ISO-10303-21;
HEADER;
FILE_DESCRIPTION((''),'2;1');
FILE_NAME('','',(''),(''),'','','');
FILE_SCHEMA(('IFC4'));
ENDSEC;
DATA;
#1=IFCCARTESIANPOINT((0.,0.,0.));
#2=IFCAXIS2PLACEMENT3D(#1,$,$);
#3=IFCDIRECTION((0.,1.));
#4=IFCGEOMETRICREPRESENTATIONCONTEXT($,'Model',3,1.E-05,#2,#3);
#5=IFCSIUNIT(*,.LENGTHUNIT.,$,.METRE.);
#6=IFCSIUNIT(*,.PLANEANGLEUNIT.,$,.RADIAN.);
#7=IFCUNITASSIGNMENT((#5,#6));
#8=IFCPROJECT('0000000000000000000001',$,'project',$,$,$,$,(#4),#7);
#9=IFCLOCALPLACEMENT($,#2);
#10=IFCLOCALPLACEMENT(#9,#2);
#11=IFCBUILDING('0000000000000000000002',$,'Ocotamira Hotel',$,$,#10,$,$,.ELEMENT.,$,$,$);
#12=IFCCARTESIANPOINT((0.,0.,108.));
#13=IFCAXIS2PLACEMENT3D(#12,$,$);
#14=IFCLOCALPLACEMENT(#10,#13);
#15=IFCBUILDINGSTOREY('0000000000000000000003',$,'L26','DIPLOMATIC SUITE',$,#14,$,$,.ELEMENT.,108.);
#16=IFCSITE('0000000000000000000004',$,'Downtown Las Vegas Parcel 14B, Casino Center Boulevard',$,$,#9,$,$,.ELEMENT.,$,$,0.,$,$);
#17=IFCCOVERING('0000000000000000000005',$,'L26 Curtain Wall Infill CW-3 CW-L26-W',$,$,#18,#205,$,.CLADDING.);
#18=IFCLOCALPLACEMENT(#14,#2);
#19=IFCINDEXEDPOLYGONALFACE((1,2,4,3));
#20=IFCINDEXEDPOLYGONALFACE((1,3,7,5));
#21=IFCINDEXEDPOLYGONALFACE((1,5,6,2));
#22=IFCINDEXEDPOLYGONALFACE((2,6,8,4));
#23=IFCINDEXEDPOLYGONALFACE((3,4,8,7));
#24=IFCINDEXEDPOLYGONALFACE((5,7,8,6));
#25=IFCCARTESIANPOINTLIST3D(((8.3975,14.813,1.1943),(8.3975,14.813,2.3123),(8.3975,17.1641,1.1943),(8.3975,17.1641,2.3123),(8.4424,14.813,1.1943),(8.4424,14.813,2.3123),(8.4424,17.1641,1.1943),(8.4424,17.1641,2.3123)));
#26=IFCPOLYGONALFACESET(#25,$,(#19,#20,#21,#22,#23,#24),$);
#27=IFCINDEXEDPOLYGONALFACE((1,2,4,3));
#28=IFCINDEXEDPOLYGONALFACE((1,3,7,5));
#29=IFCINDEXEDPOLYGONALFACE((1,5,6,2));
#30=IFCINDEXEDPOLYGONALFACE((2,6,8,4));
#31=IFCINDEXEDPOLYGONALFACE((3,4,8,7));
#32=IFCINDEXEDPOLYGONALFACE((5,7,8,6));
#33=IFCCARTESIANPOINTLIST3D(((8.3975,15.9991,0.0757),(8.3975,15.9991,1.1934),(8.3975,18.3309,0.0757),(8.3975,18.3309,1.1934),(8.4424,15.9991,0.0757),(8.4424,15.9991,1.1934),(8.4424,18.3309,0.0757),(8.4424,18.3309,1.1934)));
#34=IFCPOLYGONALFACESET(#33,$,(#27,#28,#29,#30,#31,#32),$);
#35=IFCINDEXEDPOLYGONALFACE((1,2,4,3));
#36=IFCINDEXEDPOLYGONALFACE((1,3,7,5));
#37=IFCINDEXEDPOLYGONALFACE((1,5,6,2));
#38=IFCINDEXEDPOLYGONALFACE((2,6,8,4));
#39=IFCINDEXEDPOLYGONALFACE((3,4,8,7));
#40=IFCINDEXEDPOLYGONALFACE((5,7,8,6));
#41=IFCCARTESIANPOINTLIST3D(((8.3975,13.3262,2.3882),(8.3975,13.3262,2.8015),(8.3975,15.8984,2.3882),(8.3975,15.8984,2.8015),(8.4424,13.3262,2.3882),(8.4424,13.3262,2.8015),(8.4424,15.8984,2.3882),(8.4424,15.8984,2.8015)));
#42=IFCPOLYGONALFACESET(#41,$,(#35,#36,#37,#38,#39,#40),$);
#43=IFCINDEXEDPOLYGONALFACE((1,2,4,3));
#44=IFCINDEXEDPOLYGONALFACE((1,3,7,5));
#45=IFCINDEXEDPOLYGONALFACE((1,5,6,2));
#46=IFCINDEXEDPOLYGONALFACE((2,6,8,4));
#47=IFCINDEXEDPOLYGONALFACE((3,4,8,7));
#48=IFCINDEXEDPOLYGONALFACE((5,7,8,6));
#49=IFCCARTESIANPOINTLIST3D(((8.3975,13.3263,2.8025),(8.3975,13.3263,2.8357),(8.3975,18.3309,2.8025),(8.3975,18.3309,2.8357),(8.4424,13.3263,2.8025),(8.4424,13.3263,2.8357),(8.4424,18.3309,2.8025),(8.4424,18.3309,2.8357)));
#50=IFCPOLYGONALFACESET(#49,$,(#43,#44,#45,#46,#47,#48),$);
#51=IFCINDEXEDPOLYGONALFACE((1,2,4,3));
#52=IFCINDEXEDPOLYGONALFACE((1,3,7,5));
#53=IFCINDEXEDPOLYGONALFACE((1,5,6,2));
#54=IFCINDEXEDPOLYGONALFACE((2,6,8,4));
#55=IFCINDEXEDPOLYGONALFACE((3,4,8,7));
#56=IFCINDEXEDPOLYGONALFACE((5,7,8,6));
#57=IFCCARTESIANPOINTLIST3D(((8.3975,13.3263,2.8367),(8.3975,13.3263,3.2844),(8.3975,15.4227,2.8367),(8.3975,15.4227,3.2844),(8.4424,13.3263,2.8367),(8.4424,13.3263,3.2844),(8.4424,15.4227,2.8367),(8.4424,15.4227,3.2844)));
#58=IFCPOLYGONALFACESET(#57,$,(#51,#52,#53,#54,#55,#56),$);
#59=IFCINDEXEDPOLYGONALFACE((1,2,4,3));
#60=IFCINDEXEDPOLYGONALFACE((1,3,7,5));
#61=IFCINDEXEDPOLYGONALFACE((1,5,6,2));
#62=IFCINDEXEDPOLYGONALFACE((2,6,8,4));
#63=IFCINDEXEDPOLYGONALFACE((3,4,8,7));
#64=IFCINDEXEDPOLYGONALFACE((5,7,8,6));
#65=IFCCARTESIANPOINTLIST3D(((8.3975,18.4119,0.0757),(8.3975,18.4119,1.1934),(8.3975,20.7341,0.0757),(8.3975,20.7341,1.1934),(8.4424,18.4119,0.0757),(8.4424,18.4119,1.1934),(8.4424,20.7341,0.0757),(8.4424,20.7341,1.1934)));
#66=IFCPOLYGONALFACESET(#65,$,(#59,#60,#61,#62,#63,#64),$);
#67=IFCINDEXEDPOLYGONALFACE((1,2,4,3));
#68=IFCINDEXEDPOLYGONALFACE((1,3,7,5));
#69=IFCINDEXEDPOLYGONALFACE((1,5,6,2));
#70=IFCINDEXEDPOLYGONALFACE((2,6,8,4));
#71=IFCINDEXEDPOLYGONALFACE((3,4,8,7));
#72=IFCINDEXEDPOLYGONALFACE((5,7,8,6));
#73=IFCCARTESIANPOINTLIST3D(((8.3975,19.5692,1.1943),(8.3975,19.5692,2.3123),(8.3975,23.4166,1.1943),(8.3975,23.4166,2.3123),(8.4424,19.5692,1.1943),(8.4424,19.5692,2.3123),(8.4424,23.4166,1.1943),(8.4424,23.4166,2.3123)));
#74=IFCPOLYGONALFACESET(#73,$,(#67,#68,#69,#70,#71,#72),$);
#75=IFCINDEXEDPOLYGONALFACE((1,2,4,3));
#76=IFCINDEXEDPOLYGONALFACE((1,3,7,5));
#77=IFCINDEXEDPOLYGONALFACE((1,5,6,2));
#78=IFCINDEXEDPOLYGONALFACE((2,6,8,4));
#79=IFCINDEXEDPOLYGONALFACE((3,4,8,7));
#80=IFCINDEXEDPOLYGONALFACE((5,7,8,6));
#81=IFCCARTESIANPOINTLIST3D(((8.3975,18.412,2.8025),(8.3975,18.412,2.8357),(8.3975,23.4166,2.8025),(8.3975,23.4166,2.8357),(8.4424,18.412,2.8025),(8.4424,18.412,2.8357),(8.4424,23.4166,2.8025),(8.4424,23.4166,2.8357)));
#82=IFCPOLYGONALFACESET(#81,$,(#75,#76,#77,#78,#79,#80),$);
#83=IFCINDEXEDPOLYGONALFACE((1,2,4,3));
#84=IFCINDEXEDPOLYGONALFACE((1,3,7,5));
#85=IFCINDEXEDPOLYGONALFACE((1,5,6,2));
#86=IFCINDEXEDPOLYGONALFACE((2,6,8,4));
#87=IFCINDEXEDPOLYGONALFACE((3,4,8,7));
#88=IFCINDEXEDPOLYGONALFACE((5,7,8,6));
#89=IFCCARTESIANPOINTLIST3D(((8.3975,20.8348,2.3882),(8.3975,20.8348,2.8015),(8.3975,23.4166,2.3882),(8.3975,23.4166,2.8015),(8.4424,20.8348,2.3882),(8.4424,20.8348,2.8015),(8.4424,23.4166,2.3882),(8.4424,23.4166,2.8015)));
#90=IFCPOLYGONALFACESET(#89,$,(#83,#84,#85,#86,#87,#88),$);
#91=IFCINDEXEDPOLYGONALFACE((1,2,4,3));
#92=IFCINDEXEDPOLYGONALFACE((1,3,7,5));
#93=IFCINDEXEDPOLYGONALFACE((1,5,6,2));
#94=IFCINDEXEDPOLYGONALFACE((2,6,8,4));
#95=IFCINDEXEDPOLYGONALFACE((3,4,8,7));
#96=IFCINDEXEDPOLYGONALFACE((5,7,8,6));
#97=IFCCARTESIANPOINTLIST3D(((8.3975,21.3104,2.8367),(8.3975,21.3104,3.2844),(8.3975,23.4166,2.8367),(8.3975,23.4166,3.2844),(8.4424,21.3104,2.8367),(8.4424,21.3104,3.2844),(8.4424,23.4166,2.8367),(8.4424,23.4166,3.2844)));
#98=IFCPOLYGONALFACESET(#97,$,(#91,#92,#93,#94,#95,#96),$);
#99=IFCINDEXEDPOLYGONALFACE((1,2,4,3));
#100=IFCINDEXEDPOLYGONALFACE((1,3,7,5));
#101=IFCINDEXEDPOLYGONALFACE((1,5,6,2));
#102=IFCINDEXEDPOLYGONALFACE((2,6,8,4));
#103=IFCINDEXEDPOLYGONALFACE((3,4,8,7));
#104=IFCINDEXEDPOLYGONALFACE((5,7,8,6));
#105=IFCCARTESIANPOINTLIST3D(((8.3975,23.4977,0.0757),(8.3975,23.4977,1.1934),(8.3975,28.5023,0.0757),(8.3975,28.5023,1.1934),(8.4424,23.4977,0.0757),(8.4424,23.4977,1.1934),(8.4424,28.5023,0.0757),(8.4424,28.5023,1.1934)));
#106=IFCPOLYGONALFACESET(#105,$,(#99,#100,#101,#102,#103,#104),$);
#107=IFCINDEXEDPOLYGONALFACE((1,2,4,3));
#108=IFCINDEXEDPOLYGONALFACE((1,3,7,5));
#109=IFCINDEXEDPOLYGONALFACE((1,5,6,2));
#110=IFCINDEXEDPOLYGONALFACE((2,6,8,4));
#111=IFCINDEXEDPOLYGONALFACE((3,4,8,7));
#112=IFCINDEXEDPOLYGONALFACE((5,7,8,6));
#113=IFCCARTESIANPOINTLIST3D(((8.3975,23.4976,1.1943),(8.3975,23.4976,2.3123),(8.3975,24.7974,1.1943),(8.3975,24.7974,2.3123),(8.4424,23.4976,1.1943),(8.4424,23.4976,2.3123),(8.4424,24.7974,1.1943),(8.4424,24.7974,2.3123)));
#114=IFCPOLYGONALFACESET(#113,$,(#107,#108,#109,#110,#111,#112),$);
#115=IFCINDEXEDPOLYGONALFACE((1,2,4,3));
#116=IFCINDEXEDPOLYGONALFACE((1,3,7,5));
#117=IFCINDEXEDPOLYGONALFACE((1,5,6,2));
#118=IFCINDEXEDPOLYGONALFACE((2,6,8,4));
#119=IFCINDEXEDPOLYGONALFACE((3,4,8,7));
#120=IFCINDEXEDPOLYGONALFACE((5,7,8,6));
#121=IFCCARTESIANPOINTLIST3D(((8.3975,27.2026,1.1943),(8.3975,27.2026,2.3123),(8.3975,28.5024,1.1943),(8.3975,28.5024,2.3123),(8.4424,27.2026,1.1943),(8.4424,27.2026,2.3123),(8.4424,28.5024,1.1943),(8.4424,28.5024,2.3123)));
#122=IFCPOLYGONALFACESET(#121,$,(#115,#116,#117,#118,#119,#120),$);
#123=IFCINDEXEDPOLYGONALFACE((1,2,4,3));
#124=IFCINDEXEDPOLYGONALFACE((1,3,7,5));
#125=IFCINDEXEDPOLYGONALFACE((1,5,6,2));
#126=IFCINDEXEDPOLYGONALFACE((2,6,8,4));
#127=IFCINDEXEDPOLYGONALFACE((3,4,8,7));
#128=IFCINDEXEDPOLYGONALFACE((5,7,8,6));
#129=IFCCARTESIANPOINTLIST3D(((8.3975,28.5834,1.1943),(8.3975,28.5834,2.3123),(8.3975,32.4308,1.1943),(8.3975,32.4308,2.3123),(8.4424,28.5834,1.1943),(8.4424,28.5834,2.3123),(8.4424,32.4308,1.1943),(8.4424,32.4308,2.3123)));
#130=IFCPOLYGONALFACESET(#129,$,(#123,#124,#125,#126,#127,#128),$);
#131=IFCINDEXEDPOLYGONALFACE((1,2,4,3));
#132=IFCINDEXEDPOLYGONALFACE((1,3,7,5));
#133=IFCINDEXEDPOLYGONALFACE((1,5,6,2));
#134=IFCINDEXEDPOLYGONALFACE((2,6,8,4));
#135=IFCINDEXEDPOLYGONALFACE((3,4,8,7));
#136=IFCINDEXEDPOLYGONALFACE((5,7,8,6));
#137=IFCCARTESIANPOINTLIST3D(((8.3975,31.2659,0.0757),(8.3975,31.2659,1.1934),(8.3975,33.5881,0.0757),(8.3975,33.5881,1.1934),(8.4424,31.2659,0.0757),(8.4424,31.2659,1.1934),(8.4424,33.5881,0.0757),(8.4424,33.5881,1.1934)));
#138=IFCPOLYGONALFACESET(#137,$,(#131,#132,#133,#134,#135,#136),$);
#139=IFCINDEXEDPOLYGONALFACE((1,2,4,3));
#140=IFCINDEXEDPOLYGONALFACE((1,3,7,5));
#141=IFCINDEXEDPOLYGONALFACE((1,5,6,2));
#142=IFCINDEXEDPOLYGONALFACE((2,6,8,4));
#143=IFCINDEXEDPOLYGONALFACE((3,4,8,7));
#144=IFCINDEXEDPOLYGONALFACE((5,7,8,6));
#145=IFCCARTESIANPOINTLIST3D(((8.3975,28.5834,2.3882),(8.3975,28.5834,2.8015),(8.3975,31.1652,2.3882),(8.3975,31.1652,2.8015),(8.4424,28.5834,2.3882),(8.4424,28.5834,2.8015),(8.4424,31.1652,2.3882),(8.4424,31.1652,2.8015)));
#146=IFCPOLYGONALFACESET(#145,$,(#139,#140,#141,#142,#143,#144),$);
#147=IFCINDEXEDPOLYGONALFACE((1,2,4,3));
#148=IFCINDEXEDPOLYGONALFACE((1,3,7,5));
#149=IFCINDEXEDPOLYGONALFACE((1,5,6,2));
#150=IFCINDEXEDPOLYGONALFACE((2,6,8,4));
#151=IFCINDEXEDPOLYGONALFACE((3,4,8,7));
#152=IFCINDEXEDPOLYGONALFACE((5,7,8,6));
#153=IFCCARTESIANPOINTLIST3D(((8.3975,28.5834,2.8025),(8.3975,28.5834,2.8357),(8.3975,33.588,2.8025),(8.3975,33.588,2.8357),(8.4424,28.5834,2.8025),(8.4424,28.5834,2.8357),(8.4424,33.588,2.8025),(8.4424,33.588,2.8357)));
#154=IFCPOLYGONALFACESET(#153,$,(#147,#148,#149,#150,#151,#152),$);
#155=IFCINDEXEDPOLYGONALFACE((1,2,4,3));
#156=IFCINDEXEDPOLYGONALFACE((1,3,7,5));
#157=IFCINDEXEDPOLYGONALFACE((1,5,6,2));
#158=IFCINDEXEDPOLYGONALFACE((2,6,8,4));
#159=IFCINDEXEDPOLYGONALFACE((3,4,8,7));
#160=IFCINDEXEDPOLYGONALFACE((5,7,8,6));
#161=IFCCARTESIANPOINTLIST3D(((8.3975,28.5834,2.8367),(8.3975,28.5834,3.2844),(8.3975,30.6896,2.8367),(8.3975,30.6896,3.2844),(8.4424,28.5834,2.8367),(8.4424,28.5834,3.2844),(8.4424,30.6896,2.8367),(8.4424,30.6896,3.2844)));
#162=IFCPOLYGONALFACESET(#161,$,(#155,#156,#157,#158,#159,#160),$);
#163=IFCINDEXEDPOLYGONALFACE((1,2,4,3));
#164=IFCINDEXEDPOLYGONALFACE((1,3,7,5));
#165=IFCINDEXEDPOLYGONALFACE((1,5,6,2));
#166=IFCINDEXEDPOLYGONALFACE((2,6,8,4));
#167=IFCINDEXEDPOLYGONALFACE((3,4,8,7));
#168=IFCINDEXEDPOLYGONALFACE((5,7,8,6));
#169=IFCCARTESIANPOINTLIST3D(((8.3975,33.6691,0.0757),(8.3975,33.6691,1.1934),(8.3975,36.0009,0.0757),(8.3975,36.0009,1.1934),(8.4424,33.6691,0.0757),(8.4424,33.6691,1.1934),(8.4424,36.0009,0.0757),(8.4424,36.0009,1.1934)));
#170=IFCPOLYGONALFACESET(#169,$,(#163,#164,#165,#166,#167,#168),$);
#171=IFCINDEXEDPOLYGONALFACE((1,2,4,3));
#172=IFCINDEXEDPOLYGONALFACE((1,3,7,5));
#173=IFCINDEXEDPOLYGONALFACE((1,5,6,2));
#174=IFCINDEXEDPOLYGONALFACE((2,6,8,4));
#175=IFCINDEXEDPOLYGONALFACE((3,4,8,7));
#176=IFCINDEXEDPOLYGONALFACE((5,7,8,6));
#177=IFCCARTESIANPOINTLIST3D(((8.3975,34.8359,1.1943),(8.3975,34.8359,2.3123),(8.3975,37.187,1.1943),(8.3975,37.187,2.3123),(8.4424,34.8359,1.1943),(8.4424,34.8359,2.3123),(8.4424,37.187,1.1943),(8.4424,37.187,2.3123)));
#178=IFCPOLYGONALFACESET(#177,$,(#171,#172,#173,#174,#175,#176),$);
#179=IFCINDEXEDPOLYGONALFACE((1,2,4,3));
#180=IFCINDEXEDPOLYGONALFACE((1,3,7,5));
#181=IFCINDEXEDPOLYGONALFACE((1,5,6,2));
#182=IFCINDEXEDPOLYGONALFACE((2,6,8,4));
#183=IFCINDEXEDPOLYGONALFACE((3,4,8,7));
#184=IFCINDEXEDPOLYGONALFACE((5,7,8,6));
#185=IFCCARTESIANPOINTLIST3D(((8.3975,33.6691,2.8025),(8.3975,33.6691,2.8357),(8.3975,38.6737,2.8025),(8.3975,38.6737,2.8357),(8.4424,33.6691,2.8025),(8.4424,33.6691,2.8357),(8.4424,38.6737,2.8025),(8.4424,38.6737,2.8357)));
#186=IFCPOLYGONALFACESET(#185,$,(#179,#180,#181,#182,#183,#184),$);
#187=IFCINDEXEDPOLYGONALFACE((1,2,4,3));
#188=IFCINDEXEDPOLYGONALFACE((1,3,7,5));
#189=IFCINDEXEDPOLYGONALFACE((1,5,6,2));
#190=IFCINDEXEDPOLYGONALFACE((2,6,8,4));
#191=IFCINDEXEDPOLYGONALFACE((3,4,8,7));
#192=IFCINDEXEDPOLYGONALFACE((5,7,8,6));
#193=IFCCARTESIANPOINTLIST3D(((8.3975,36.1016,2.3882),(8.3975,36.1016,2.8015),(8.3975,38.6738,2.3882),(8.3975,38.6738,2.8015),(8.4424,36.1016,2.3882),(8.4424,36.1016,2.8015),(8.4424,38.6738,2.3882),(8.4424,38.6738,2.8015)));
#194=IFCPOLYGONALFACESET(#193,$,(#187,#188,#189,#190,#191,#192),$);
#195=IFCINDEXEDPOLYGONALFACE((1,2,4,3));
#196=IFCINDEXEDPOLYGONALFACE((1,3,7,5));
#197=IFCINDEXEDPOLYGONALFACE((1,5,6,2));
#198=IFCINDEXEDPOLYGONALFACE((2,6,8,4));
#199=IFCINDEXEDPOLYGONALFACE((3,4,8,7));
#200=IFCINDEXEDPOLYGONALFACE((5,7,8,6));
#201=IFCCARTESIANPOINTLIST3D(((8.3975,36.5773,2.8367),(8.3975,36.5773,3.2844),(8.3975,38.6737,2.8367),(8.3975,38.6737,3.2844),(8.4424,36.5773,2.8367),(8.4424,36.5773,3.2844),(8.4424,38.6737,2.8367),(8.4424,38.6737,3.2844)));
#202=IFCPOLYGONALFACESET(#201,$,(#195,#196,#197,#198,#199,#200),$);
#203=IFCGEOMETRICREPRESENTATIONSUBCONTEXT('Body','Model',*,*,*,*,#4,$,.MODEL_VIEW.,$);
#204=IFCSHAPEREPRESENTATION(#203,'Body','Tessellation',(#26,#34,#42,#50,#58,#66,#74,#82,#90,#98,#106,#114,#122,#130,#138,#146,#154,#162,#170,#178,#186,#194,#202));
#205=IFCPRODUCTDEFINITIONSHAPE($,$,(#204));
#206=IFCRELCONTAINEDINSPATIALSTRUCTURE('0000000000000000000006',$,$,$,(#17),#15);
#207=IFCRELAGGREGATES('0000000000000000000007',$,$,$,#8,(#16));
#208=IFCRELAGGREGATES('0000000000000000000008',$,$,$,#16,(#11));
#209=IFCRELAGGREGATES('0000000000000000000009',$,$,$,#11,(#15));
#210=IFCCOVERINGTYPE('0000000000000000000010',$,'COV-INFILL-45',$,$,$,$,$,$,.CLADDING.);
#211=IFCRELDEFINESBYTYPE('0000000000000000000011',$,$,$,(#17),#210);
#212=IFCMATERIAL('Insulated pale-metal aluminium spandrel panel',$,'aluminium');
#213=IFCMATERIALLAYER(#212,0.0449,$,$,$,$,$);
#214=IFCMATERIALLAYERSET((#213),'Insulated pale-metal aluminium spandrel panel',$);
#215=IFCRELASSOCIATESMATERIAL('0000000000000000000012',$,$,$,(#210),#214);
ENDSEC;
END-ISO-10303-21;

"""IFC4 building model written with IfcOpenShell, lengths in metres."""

from ifc_helpers import new_model, si_unit, direction, frame, origin, origin_2d, place, context, subcontext, project, spatial, rectangle, extrude, material, layer, layer_set, type_object, element, save


model = new_model("IFC4")

# Units and contexts
model_context = context("Model", 3, precision=1e-05, world=origin(), true_north=direction((0.0, 1.0)))
body_context = subcontext(model_context, "Body", "Model", "MODEL_VIEW")
ifc_project = project(units=[si_unit("LENGTHUNIT", "METRE"), si_unit("PLANEANGLEUNIT", "RADIAN")], contexts=[model_context])

# Site, building, storey
site_placement = place(None, origin())
site = spatial("IfcSite", under=ifc_project, at=site_placement, Name="Downtown Las Vegas Parcel 14B, Casino Center Boulevard", CompositionType="ELEMENT", RefElevation=0.0)
building_placement = place(site_placement, origin())
building = spatial("IfcBuilding", under=site, at=building_placement, Name="Ocotamira Hotel", CompositionType="ELEMENT")
storey_placement = place(building_placement, frame((0.0, 0.0, 108.0)))
storey = spatial("IfcBuildingStorey", under=building, at=storey_placement, Name="L26", Description="DIPLOMATIC SUITE", CompositionType="ELEMENT", Elevation=108.0)

# Covering
ifc_material_1 = material(Name="Insulated pale-metal aluminium spandrel panel", Category="aluminium")
ifc_layer_1 = layer(ifc_material_1, 0.0449)
ifc_layer_set_1 = layer_set([ifc_layer_1], Name="Insulated pale-metal aluminium spandrel panel")
covering_type_1 = type_object("IfcCoveringType", Name="COV-INFILL-45", PredefinedType="CLADDING", material=ifc_layer_set_1)
covering_1_placement = place(storey_placement, origin())
element("IfcCovering", 1, at=covering_1_placement, inside=storey, type_object=covering_type_1, Name="L26 Curtain Wall Infill CW-3 CW-L26-W", PredefinedType="CLADDING", context=body_context, shape_type="SweptSolid", body=[
    extrude(rectangle(XDim=2.3511, YDim=0.0449, at=origin_2d()), frame((8.4199, 15.9885, 1.1943), z_axis=(0.0, 0.0, 1.0), x_axis=(0.0, 1.0, 0.0)), (0.0, 0.0, 1.0), 1.1179),
    extrude(rectangle(XDim=2.3318, YDim=0.0449, at=origin_2d()), frame((8.4199, 17.165, 0.0757), z_axis=(0.0, 0.0, 1.0), x_axis=(0.0, 1.0, 0.0)), (0.0, 0.0, 1.0), 1.1177),
    extrude(rectangle(XDim=2.5723, YDim=0.0449, at=origin_2d()), frame((8.4199, 14.6123, 2.3882), z_axis=(0.0, 0.0, 1.0), x_axis=(0.0, 1.0, 0.0)), (0.0, 0.0, 1.0), 0.4133),
    extrude(rectangle(XDim=5.0046, YDim=0.0449, at=origin_2d()), frame((8.4199, 15.8286, 2.8025), z_axis=(0.0, 0.0, 1.0), x_axis=(0.0, 1.0, 0.0)), (0.0, 0.0, 1.0), 0.0332),
    extrude(rectangle(XDim=2.0964, YDim=0.0449, at=origin_2d()), frame((8.4199, 14.3745, 2.8367), z_axis=(0.0, 0.0, 1.0), x_axis=(0.0, 1.0, 0.0)), (0.0, 0.0, 1.0), 0.4478),
    extrude(rectangle(XDim=2.3223, YDim=0.0449, at=origin_2d()), frame((8.4199, 19.573, 0.0757), z_axis=(0.0, 0.0, 1.0), x_axis=(0.0, 1.0, 0.0)), (0.0, 0.0, 1.0), 1.1177),
    extrude(rectangle(XDim=3.8474, YDim=0.0449, at=origin_2d()), frame((8.4199, 21.4929, 1.1943), z_axis=(0.0, 0.0, 1.0), x_axis=(0.0, 1.0, 0.0)), (0.0, 0.0, 1.0), 1.1179),
    extrude(rectangle(XDim=5.0046, YDim=0.0449, at=origin_2d()), frame((8.4199, 20.9143, 2.8025), z_axis=(0.0, 0.0, 1.0), x_axis=(0.0, 1.0, 0.0)), (0.0, 0.0, 1.0), 0.0332),
    extrude(rectangle(XDim=2.5818, YDim=0.0449, at=origin_2d()), frame((8.4199, 22.1257, 2.3882), z_axis=(0.0, 0.0, 1.0), x_axis=(0.0, 1.0, 0.0)), (0.0, 0.0, 1.0), 0.4133),
    extrude(rectangle(XDim=2.1062, YDim=0.0449, at=origin_2d()), frame((8.4199, 22.3635, 2.8367), z_axis=(0.0, 0.0, 1.0), x_axis=(0.0, 1.0, 0.0)), (0.0, 0.0, 1.0), 0.4478),
    extrude(rectangle(XDim=5.0046, YDim=0.0449, at=origin_2d()), frame((8.4199, 26.0, 0.0757), z_axis=(0.0, 0.0, 1.0), x_axis=(0.0, 1.0, 0.0)), (0.0, 0.0, 1.0), 1.1177),
    extrude(rectangle(XDim=1.2998, YDim=0.0449, at=origin_2d()), frame((8.4199, 24.1475, 1.1943), z_axis=(0.0, 0.0, 1.0), x_axis=(0.0, 1.0, 0.0)), (0.0, 0.0, 1.0), 1.1179),
    extrude(rectangle(XDim=1.2998, YDim=0.0449, at=origin_2d()), frame((8.4199, 27.8525, 1.1943), z_axis=(0.0, 0.0, 1.0), x_axis=(0.0, 1.0, 0.0)), (0.0, 0.0, 1.0), 1.1179),
    extrude(rectangle(XDim=3.8474, YDim=0.0449, at=origin_2d()), frame((8.4199, 30.5071, 1.1943), z_axis=(0.0, 0.0, 1.0), x_axis=(0.0, 1.0, 0.0)), (0.0, 0.0, 1.0), 1.1179),
    extrude(rectangle(XDim=2.3223, YDim=0.0449, at=origin_2d()), frame((8.4199, 32.427, 0.0757), z_axis=(0.0, 0.0, 1.0), x_axis=(0.0, 1.0, 0.0)), (0.0, 0.0, 1.0), 1.1177),
    extrude(rectangle(XDim=2.5818, YDim=0.0449, at=origin_2d()), frame((8.4199, 29.8743, 2.3882), z_axis=(0.0, 0.0, 1.0), x_axis=(0.0, 1.0, 0.0)), (0.0, 0.0, 1.0), 0.4133),
    extrude(rectangle(XDim=5.0046, YDim=0.0449, at=origin_2d()), frame((8.4199, 31.0857, 2.8025), z_axis=(0.0, 0.0, 1.0), x_axis=(0.0, 1.0, 0.0)), (0.0, 0.0, 1.0), 0.0332),
    extrude(rectangle(XDim=2.1062, YDim=0.0449, at=origin_2d()), frame((8.4199, 29.6365, 2.8367), z_axis=(0.0, 0.0, 1.0), x_axis=(0.0, 1.0, 0.0)), (0.0, 0.0, 1.0), 0.4478),
    extrude(rectangle(XDim=2.3318, YDim=0.0449, at=origin_2d()), frame((8.4199, 34.835, 0.0757), z_axis=(0.0, 0.0, 1.0), x_axis=(0.0, 1.0, 0.0)), (0.0, 0.0, 1.0), 1.1177),
    extrude(rectangle(XDim=2.3511, YDim=0.0449, at=origin_2d()), frame((8.4199, 36.0115, 1.1943), z_axis=(0.0, 0.0, 1.0), x_axis=(0.0, 1.0, 0.0)), (0.0, 0.0, 1.0), 1.1179),
    extrude(rectangle(XDim=5.0046, YDim=0.0449, at=origin_2d()), frame((8.4199, 36.1714, 2.8025), z_axis=(0.0, 0.0, 1.0), x_axis=(0.0, 1.0, 0.0)), (0.0, 0.0, 1.0), 0.0332),
    extrude(rectangle(XDim=2.5723, YDim=0.0449, at=origin_2d()), frame((8.4199, 37.3877, 2.3882), z_axis=(0.0, 0.0, 1.0), x_axis=(0.0, 1.0, 0.0)), (0.0, 0.0, 1.0), 0.4133),
    extrude(rectangle(XDim=2.0964, YDim=0.0449, at=origin_2d()), frame((8.4199, 37.6255, 2.8367), z_axis=(0.0, 0.0, 1.0), x_axis=(0.0, 1.0, 0.0)), (0.0, 0.0, 1.0), 0.4478),
])

save(model, "model.ifc")
